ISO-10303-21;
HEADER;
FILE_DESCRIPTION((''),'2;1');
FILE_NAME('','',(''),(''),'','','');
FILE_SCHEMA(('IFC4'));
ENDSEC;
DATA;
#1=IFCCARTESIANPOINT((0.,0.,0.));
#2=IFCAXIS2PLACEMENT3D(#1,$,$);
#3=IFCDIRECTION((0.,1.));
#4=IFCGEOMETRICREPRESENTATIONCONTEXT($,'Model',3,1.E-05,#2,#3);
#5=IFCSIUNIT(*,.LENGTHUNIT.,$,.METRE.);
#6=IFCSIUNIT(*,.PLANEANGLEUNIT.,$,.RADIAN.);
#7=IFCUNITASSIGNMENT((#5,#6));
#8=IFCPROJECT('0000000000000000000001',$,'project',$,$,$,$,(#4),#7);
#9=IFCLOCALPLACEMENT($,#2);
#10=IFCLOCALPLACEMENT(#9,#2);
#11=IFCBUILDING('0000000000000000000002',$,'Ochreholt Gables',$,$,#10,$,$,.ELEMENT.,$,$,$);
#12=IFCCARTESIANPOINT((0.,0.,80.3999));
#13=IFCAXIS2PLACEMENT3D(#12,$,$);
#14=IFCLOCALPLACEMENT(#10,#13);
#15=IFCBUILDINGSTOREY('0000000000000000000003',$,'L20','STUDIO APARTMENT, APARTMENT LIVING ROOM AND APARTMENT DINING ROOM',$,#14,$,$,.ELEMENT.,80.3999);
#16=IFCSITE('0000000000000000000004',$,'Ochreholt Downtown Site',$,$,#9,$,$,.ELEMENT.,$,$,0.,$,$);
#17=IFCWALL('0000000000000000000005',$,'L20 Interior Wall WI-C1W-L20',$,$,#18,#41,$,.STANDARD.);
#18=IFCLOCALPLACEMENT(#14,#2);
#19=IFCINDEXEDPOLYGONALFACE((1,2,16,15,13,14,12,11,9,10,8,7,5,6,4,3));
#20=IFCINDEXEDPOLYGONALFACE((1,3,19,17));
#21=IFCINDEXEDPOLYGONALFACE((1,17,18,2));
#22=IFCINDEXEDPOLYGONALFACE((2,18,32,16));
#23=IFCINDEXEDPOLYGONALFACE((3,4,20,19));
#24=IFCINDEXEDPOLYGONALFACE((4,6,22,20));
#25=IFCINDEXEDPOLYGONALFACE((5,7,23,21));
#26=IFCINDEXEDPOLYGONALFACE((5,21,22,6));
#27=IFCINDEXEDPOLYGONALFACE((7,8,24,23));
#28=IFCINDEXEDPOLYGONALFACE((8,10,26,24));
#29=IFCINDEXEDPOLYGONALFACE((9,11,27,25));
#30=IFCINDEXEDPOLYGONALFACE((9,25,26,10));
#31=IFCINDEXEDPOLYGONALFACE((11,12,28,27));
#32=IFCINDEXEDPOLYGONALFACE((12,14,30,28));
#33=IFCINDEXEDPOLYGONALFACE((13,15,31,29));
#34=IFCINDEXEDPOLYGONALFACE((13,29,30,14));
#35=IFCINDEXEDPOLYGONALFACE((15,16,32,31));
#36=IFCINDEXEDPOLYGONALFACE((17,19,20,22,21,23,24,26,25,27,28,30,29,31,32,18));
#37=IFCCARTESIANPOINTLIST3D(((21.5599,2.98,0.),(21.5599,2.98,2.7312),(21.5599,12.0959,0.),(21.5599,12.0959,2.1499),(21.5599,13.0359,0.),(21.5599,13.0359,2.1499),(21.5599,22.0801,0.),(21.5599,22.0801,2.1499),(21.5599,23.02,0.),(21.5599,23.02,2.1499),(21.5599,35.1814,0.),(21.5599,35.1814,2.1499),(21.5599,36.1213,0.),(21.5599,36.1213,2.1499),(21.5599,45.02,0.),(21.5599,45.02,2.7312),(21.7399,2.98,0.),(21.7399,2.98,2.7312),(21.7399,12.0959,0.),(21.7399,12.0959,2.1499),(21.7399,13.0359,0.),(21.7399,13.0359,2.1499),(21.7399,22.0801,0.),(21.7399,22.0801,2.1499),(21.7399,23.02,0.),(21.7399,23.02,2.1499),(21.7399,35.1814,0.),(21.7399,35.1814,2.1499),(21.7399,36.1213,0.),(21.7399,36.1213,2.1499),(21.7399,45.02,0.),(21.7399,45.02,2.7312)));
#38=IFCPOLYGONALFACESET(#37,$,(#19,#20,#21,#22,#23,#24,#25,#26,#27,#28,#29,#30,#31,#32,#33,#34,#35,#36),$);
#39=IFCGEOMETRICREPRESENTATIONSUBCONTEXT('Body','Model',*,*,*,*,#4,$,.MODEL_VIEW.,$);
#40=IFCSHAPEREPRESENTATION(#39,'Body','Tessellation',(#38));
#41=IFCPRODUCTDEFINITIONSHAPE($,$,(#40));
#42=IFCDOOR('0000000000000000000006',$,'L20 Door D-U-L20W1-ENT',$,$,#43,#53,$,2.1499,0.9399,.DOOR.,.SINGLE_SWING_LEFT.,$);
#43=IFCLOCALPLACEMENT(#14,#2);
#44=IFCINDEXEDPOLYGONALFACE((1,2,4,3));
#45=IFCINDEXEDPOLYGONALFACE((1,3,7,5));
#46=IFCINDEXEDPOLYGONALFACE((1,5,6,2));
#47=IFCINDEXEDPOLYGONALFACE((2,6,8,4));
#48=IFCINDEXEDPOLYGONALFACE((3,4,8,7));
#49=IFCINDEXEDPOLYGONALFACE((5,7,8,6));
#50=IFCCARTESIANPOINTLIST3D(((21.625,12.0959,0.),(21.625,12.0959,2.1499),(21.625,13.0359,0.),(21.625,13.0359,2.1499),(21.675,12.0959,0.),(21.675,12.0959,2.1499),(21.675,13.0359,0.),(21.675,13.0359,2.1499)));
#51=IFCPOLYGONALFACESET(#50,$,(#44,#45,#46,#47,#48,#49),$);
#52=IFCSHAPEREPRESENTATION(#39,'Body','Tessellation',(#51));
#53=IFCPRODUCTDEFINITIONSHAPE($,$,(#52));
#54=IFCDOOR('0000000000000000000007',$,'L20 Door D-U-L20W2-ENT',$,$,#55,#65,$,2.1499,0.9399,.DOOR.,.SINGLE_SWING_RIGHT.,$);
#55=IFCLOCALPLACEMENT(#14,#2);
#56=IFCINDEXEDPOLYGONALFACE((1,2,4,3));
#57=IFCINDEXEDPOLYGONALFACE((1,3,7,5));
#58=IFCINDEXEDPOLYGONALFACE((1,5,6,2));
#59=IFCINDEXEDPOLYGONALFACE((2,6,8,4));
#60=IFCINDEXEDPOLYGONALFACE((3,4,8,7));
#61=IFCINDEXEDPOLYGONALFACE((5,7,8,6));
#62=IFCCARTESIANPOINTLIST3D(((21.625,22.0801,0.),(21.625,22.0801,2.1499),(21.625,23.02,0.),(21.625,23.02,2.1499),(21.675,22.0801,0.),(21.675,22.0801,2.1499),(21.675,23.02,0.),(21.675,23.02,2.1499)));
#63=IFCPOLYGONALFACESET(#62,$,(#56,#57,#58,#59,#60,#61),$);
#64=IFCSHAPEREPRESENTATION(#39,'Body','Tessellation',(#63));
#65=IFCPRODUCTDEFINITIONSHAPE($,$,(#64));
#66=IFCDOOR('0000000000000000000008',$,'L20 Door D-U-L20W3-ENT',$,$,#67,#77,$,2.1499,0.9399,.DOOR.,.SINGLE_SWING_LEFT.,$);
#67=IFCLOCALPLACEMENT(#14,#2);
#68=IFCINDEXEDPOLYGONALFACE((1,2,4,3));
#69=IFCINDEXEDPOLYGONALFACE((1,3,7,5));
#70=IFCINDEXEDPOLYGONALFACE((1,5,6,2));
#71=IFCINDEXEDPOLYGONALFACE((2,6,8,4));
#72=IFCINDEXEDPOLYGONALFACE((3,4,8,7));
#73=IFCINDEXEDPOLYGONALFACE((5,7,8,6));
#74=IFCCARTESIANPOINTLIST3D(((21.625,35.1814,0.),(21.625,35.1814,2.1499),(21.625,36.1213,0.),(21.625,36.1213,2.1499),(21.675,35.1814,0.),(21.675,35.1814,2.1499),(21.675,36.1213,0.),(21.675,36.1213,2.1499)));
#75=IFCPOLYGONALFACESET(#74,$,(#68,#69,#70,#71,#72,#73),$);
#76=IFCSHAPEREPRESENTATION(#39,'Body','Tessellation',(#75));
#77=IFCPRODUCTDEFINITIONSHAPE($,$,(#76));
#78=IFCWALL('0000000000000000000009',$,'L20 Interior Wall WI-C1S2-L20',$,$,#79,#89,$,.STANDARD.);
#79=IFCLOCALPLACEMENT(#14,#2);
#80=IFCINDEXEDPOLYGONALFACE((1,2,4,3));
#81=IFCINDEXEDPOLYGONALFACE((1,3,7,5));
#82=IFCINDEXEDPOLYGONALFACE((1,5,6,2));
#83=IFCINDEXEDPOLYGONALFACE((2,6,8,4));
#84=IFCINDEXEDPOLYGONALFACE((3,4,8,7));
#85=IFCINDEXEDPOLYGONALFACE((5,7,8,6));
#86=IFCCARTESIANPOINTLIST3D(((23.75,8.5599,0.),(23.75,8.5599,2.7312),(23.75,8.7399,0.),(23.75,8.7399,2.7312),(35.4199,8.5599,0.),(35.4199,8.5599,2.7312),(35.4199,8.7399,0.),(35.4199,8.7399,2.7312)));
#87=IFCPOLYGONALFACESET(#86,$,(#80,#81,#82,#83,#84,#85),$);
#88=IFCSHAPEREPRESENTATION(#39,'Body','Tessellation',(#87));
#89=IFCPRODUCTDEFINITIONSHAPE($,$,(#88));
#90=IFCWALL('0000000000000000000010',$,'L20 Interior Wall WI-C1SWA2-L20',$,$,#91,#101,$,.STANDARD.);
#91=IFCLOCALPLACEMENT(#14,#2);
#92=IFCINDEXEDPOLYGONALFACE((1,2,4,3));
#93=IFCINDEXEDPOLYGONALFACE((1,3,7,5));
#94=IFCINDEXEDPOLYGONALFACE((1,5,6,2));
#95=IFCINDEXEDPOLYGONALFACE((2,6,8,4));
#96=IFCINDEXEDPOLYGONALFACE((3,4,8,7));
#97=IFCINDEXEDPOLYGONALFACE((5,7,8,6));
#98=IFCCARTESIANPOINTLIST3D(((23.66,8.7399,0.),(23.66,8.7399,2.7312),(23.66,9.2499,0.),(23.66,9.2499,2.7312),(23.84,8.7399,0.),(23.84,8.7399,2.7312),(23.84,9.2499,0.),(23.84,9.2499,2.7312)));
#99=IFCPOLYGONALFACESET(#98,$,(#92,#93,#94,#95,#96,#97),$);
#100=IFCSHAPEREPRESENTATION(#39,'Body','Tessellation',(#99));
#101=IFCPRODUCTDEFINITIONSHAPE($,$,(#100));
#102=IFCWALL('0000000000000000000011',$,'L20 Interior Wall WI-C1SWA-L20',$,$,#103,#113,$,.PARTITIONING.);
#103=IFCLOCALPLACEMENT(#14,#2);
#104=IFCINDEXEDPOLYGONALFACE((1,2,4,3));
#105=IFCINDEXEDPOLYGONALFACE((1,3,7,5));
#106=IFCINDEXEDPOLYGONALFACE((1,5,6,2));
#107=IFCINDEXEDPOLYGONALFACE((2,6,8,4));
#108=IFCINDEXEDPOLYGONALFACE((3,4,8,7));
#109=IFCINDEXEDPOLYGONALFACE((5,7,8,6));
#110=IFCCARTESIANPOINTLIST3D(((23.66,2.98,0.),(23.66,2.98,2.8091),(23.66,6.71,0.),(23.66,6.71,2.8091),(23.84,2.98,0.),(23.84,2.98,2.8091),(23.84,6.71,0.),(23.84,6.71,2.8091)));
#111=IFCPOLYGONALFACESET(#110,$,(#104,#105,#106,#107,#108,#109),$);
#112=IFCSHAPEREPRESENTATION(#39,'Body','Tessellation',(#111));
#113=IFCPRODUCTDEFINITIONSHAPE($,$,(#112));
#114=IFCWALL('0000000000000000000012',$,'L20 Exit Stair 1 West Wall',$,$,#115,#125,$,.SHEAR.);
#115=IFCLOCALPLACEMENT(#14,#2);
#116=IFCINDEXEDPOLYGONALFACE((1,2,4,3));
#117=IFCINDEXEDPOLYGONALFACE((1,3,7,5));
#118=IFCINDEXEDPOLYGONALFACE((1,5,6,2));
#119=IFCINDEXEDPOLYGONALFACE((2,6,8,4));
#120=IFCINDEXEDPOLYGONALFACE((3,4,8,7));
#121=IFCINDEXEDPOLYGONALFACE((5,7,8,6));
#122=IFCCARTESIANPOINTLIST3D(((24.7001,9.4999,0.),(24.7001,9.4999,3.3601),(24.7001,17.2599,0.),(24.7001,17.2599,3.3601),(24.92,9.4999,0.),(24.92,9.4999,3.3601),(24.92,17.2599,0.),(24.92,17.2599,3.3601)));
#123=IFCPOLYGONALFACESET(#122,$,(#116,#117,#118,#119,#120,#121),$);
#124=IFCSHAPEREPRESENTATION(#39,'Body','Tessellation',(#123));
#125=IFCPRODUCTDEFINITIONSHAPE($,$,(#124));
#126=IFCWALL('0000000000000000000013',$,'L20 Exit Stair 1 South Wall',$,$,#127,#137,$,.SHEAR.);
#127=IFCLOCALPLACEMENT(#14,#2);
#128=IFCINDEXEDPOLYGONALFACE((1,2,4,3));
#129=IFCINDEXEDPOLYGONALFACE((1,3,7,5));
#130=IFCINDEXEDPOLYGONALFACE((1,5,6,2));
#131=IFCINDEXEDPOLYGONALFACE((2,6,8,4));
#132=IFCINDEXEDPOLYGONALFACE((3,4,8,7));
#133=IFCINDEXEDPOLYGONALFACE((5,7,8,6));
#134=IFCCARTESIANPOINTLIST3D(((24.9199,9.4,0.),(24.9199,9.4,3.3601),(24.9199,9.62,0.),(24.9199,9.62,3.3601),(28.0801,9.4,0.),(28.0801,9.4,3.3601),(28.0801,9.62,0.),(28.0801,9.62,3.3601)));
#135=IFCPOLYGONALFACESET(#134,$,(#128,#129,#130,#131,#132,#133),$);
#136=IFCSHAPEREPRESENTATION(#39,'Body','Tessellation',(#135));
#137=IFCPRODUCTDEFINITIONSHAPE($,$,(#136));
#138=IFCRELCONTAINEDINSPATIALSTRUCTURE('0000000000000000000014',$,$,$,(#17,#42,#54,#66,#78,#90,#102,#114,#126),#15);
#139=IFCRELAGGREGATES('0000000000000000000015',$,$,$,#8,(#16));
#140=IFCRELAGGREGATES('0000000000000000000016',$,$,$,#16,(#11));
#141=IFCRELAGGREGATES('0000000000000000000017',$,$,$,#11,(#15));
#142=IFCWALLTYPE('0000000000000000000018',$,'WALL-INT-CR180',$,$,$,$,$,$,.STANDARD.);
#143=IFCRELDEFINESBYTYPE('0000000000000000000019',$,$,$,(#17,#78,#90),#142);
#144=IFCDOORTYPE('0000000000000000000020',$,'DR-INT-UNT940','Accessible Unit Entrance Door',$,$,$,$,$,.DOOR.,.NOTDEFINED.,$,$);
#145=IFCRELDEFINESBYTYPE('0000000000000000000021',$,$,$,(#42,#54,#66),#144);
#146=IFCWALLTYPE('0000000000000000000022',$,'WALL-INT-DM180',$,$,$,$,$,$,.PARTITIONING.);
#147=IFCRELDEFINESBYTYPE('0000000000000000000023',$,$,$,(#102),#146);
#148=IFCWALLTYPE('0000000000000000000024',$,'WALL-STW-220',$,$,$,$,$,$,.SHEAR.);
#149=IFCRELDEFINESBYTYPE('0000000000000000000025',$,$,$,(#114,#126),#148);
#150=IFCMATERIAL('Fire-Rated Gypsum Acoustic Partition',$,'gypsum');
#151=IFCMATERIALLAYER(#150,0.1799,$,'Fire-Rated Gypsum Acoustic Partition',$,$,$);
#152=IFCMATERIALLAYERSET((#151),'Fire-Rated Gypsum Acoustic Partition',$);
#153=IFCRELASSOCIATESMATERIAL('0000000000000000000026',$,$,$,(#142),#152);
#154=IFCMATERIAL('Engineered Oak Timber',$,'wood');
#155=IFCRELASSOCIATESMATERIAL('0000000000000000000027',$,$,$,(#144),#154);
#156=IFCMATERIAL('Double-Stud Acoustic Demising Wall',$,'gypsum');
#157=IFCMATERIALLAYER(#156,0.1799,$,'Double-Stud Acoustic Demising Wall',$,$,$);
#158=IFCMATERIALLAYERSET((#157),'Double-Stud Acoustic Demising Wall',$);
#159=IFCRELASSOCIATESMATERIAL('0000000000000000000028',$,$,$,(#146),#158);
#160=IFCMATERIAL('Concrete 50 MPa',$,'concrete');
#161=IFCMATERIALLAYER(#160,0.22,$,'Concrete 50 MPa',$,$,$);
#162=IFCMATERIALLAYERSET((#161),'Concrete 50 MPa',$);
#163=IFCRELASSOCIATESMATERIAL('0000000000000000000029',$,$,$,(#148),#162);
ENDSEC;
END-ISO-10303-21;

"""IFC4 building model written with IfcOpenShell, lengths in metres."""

from ifc_helpers import new_model, si_unit, direction, frame, frame_2d, origin, place, context, subcontext, project, spatial, rectangle, extrude, material, layer, layer_set, type_object, element, fill, save


model = new_model("IFC4")

# Units and contexts
model_context = context("Model", 3, precision=1e-05, world=origin(), true_north=direction((0.0, 1.0)))
body_context = subcontext(model_context, "Body", "Model", "MODEL_VIEW")
ifc_project = project(units=[si_unit("LENGTHUNIT", "METRE"), si_unit("PLANEANGLEUNIT", "RADIAN")], contexts=[model_context])

# Site, building, storey
site_placement = place(None, origin())
site = spatial("IfcSite", under=ifc_project, at=site_placement, Name="Ochreholt Downtown Site", CompositionType="ELEMENT", RefElevation=0.0)
building_placement = place(site_placement, origin())
building = spatial("IfcBuilding", under=site, at=building_placement, Name="Ochreholt Gables", CompositionType="ELEMENT")
storey_placement = place(building_placement, frame((0.0, 0.0, 80.3999)))
storey = spatial("IfcBuildingStorey", under=building, at=storey_placement, Name="L20", Description="STUDIO APARTMENT, APARTMENT LIVING ROOM AND APARTMENT DINING ROOM", CompositionType="ELEMENT", Elevation=80.3999)

# Wall, openings, doors
ifc_material_1 = material(Name="Fire-Rated Gypsum Acoustic Partition", Category="gypsum")
ifc_layer_1 = layer(ifc_material_1, 0.1799, Name="Fire-Rated Gypsum Acoustic Partition")
ifc_layer_set_1 = layer_set([ifc_layer_1], Name="Fire-Rated Gypsum Acoustic Partition")
wall_type_1 = type_object("IfcWallType", Name="WALL-INT-CR180", PredefinedType="STANDARD", material=ifc_layer_set_1)
wall_1_placement = place(storey_placement, frame((21.6499, 2.98, 0.0), z_axis=(0.0, 0.0, 1.0), x_axis=(0.0, 1.0, 0.0)))
wall_1 = element("IfcWall", 1, at=wall_1_placement, inside=storey, type_object=wall_type_1, Name="L20 Interior Wall WI-C1W-L20", PredefinedType="STANDARD", context=body_context, shape_type="SweptSolid", body=[
    extrude(rectangle(XDim=42.04, YDim=0.1799, at=frame_2d((21.02, 0.0))), origin(), (0.0, 0.0, 1.0), 2.7312),
])
opening_1_placement = place(wall_1_placement, frame((9.116, 0.0, 0.0)))
opening_1 = element("IfcOpeningElement", 2, at=opening_1_placement, cuts=wall_1, PredefinedType="OPENING", context=body_context, shape_type="SweptSolid", body=[
    extrude(rectangle(XDim=0.9399, YDim=2.1499, at=frame_2d((0.47, 1.075))), frame((0.0, 0.0999, 0.0), z_axis=(0.0, -1.0, 0.0), x_axis=(1.0, 0.0, 0.0)), (0.0, 0.0, 1.0), 0.2),
])
opening_2_placement = place(wall_1_placement, frame((19.1001, 0.0, 0.0)))
opening_2 = element("IfcOpeningElement", 3, at=opening_2_placement, cuts=wall_1, PredefinedType="OPENING", context=body_context, shape_type="SweptSolid", body=[
    extrude(rectangle(XDim=0.9399, YDim=2.1499, at=frame_2d((0.47, 1.075))), frame((0.0, 0.0999, 0.0), z_axis=(0.0, -1.0, 0.0), x_axis=(1.0, 0.0, 0.0)), (0.0, 0.0, 1.0), 0.2),
])
opening_3_placement = place(wall_1_placement, frame((32.2014, 0.0, 0.0)))
opening_3 = element("IfcOpeningElement", 4, at=opening_3_placement, cuts=wall_1, PredefinedType="OPENING", context=body_context, shape_type="SweptSolid", body=[
    extrude(rectangle(XDim=0.9399, YDim=2.1499, at=frame_2d((0.47, 1.075))), frame((0.0, 0.0999, 0.0), z_axis=(0.0, -1.0, 0.0), x_axis=(1.0, 0.0, 0.0)), (0.0, 0.0, 1.0), 0.2),
])
ifc_material_2 = material(Name="Engineered Oak Timber", Category="wood")
door_type_1 = type_object("IfcDoorType", Name="DR-INT-UNT940", Description="Accessible Unit Entrance Door", OperationType="NOTDEFINED", PredefinedType="DOOR", material=ifc_material_2)
door_1_placement = place(opening_1_placement, origin())
door_1 = element("IfcDoor", 5, at=door_1_placement, inside=storey, type_object=door_type_1, Name="L20 Door D-U-L20W1-ENT", OperationType="SINGLE_SWING_LEFT", OverallHeight=2.1499, OverallWidth=0.9399, PredefinedType="DOOR", context=body_context, shape_type="SweptSolid", body=[
    extrude(rectangle(XDim=0.9399, YDim=2.1499, at=frame_2d((0.47, 1.075))), frame((0.0, 0.0249, 0.0), z_axis=(0.0, -1.0, 0.0), x_axis=(1.0, 0.0, 0.0)), (0.0, 0.0, 1.0), 0.05),
])
fill(opening_1, door_1)
door_2_placement = place(opening_2_placement, origin())
door_2 = element("IfcDoor", 6, at=door_2_placement, inside=storey, type_object=door_type_1, Name="L20 Door D-U-L20W2-ENT", OperationType="SINGLE_SWING_RIGHT", OverallHeight=2.1499, OverallWidth=0.9399, PredefinedType="DOOR", context=body_context, shape_type="SweptSolid", body=[
    extrude(rectangle(XDim=0.9399, YDim=2.1499, at=frame_2d((0.47, 1.075))), frame((0.0, 0.0249, 0.0), z_axis=(0.0, -1.0, 0.0), x_axis=(1.0, 0.0, 0.0)), (0.0, 0.0, 1.0), 0.05),
])
fill(opening_2, door_2)
door_3_placement = place(opening_3_placement, origin())
door_3 = element("IfcDoor", 7, at=door_3_placement, inside=storey, type_object=door_type_1, Name="L20 Door D-U-L20W3-ENT", OperationType="SINGLE_SWING_LEFT", OverallHeight=2.1499, OverallWidth=0.9399, PredefinedType="DOOR", context=body_context, shape_type="SweptSolid", body=[
    extrude(rectangle(XDim=0.9399, YDim=2.1499, at=frame_2d((0.47, 1.075))), frame((0.0, 0.0249, 0.0), z_axis=(0.0, -1.0, 0.0), x_axis=(1.0, 0.0, 0.0)), (0.0, 0.0, 1.0), 0.05),
])
fill(opening_3, door_3)

# Walls
wall_2_placement = place(storey_placement, frame((23.75, 8.6499, 0.0), z_axis=(0.0, 0.0, 1.0), x_axis=(1.0, 0.0, 0.0)))
element("IfcWall", 8, at=wall_2_placement, inside=storey, type_object=wall_type_1, Name="L20 Interior Wall WI-C1S2-L20", PredefinedType="STANDARD", context=body_context, shape_type="SweptSolid", body=[
    extrude(rectangle(XDim=11.6699, YDim=0.1799, at=frame_2d((5.835, 0.0))), origin(), (0.0, 0.0, 1.0), 2.7312),
])
wall_3_placement = place(storey_placement, frame((23.75, 8.74, 0.0), z_axis=(0.0, 0.0, 1.0), x_axis=(0.0, 1.0, 0.0)))
element("IfcWall", 9, at=wall_3_placement, inside=storey, type_object=wall_type_1, Name="L20 Interior Wall WI-C1SWA2-L20", PredefinedType="STANDARD", context=body_context, shape_type="SweptSolid", body=[
    extrude(rectangle(XDim=0.51, YDim=0.1799, at=frame_2d((0.2549, 0.0))), origin(), (0.0, 0.0, 1.0), 2.7312),
])
ifc_material_3 = material(Name="Double-Stud Acoustic Demising Wall", Category="gypsum")
ifc_layer_2 = layer(ifc_material_3, 0.1799, Name="Double-Stud Acoustic Demising Wall")
ifc_layer_set_2 = layer_set([ifc_layer_2], Name="Double-Stud Acoustic Demising Wall")
wall_type_2 = type_object("IfcWallType", Name="WALL-INT-DM180", PredefinedType="PARTITIONING", material=ifc_layer_set_2)
wall_4_placement = place(storey_placement, frame((23.75, 2.98, 0.0), z_axis=(0.0, 0.0, 1.0), x_axis=(0.0, 1.0, 0.0)))
element("IfcWall", 10, at=wall_4_placement, inside=storey, type_object=wall_type_2, Name="L20 Interior Wall WI-C1SWA-L20", PredefinedType="PARTITIONING", context=body_context, shape_type="SweptSolid", body=[
    extrude(rectangle(XDim=3.73, YDim=0.1799, at=frame_2d((1.865, 0.0))), origin(), (0.0, 0.0, 1.0), 2.8091),
])
ifc_material_4 = material(Name="Concrete 50 MPa", Category="concrete")
ifc_layer_3 = layer(ifc_material_4, 0.22, Name="Concrete 50 MPa")
ifc_layer_set_3 = layer_set([ifc_layer_3], Name="Concrete 50 MPa")
wall_type_3 = type_object("IfcWallType", Name="WALL-STW-220", PredefinedType="SHEAR", material=ifc_layer_set_3)
wall_5_placement = place(storey_placement, frame((24.8101, 9.5, 0.0), z_axis=(0.0, 0.0, 1.0), x_axis=(0.0, 1.0, 0.0)))
element("IfcWall", 11, at=wall_5_placement, inside=storey, type_object=wall_type_3, Name="L20 Exit Stair 1 West Wall", PredefinedType="SHEAR", context=body_context, shape_type="SweptSolid", body=[
    extrude(rectangle(XDim=7.76, YDim=0.22, at=frame_2d((3.8799, 0.0))), origin(), (0.0, 0.0, 1.0), 3.3601),
])
wall_6_placement = place(storey_placement, frame((24.9199, 9.51, 0.0), z_axis=(0.0, 0.0, 1.0), x_axis=(1.0, 0.0, 0.0)))
element("IfcWall", 12, at=wall_6_placement, inside=storey, type_object=wall_type_3, Name="L20 Exit Stair 1 South Wall", PredefinedType="SHEAR", context=body_context, shape_type="SweptSolid", body=[
    extrude(rectangle(XDim=3.1602, YDim=0.22, at=frame_2d((1.5801, 0.0))), origin(), (0.0, 0.0, 1.0), 3.3601),
])

save(model, "model.ifc")
